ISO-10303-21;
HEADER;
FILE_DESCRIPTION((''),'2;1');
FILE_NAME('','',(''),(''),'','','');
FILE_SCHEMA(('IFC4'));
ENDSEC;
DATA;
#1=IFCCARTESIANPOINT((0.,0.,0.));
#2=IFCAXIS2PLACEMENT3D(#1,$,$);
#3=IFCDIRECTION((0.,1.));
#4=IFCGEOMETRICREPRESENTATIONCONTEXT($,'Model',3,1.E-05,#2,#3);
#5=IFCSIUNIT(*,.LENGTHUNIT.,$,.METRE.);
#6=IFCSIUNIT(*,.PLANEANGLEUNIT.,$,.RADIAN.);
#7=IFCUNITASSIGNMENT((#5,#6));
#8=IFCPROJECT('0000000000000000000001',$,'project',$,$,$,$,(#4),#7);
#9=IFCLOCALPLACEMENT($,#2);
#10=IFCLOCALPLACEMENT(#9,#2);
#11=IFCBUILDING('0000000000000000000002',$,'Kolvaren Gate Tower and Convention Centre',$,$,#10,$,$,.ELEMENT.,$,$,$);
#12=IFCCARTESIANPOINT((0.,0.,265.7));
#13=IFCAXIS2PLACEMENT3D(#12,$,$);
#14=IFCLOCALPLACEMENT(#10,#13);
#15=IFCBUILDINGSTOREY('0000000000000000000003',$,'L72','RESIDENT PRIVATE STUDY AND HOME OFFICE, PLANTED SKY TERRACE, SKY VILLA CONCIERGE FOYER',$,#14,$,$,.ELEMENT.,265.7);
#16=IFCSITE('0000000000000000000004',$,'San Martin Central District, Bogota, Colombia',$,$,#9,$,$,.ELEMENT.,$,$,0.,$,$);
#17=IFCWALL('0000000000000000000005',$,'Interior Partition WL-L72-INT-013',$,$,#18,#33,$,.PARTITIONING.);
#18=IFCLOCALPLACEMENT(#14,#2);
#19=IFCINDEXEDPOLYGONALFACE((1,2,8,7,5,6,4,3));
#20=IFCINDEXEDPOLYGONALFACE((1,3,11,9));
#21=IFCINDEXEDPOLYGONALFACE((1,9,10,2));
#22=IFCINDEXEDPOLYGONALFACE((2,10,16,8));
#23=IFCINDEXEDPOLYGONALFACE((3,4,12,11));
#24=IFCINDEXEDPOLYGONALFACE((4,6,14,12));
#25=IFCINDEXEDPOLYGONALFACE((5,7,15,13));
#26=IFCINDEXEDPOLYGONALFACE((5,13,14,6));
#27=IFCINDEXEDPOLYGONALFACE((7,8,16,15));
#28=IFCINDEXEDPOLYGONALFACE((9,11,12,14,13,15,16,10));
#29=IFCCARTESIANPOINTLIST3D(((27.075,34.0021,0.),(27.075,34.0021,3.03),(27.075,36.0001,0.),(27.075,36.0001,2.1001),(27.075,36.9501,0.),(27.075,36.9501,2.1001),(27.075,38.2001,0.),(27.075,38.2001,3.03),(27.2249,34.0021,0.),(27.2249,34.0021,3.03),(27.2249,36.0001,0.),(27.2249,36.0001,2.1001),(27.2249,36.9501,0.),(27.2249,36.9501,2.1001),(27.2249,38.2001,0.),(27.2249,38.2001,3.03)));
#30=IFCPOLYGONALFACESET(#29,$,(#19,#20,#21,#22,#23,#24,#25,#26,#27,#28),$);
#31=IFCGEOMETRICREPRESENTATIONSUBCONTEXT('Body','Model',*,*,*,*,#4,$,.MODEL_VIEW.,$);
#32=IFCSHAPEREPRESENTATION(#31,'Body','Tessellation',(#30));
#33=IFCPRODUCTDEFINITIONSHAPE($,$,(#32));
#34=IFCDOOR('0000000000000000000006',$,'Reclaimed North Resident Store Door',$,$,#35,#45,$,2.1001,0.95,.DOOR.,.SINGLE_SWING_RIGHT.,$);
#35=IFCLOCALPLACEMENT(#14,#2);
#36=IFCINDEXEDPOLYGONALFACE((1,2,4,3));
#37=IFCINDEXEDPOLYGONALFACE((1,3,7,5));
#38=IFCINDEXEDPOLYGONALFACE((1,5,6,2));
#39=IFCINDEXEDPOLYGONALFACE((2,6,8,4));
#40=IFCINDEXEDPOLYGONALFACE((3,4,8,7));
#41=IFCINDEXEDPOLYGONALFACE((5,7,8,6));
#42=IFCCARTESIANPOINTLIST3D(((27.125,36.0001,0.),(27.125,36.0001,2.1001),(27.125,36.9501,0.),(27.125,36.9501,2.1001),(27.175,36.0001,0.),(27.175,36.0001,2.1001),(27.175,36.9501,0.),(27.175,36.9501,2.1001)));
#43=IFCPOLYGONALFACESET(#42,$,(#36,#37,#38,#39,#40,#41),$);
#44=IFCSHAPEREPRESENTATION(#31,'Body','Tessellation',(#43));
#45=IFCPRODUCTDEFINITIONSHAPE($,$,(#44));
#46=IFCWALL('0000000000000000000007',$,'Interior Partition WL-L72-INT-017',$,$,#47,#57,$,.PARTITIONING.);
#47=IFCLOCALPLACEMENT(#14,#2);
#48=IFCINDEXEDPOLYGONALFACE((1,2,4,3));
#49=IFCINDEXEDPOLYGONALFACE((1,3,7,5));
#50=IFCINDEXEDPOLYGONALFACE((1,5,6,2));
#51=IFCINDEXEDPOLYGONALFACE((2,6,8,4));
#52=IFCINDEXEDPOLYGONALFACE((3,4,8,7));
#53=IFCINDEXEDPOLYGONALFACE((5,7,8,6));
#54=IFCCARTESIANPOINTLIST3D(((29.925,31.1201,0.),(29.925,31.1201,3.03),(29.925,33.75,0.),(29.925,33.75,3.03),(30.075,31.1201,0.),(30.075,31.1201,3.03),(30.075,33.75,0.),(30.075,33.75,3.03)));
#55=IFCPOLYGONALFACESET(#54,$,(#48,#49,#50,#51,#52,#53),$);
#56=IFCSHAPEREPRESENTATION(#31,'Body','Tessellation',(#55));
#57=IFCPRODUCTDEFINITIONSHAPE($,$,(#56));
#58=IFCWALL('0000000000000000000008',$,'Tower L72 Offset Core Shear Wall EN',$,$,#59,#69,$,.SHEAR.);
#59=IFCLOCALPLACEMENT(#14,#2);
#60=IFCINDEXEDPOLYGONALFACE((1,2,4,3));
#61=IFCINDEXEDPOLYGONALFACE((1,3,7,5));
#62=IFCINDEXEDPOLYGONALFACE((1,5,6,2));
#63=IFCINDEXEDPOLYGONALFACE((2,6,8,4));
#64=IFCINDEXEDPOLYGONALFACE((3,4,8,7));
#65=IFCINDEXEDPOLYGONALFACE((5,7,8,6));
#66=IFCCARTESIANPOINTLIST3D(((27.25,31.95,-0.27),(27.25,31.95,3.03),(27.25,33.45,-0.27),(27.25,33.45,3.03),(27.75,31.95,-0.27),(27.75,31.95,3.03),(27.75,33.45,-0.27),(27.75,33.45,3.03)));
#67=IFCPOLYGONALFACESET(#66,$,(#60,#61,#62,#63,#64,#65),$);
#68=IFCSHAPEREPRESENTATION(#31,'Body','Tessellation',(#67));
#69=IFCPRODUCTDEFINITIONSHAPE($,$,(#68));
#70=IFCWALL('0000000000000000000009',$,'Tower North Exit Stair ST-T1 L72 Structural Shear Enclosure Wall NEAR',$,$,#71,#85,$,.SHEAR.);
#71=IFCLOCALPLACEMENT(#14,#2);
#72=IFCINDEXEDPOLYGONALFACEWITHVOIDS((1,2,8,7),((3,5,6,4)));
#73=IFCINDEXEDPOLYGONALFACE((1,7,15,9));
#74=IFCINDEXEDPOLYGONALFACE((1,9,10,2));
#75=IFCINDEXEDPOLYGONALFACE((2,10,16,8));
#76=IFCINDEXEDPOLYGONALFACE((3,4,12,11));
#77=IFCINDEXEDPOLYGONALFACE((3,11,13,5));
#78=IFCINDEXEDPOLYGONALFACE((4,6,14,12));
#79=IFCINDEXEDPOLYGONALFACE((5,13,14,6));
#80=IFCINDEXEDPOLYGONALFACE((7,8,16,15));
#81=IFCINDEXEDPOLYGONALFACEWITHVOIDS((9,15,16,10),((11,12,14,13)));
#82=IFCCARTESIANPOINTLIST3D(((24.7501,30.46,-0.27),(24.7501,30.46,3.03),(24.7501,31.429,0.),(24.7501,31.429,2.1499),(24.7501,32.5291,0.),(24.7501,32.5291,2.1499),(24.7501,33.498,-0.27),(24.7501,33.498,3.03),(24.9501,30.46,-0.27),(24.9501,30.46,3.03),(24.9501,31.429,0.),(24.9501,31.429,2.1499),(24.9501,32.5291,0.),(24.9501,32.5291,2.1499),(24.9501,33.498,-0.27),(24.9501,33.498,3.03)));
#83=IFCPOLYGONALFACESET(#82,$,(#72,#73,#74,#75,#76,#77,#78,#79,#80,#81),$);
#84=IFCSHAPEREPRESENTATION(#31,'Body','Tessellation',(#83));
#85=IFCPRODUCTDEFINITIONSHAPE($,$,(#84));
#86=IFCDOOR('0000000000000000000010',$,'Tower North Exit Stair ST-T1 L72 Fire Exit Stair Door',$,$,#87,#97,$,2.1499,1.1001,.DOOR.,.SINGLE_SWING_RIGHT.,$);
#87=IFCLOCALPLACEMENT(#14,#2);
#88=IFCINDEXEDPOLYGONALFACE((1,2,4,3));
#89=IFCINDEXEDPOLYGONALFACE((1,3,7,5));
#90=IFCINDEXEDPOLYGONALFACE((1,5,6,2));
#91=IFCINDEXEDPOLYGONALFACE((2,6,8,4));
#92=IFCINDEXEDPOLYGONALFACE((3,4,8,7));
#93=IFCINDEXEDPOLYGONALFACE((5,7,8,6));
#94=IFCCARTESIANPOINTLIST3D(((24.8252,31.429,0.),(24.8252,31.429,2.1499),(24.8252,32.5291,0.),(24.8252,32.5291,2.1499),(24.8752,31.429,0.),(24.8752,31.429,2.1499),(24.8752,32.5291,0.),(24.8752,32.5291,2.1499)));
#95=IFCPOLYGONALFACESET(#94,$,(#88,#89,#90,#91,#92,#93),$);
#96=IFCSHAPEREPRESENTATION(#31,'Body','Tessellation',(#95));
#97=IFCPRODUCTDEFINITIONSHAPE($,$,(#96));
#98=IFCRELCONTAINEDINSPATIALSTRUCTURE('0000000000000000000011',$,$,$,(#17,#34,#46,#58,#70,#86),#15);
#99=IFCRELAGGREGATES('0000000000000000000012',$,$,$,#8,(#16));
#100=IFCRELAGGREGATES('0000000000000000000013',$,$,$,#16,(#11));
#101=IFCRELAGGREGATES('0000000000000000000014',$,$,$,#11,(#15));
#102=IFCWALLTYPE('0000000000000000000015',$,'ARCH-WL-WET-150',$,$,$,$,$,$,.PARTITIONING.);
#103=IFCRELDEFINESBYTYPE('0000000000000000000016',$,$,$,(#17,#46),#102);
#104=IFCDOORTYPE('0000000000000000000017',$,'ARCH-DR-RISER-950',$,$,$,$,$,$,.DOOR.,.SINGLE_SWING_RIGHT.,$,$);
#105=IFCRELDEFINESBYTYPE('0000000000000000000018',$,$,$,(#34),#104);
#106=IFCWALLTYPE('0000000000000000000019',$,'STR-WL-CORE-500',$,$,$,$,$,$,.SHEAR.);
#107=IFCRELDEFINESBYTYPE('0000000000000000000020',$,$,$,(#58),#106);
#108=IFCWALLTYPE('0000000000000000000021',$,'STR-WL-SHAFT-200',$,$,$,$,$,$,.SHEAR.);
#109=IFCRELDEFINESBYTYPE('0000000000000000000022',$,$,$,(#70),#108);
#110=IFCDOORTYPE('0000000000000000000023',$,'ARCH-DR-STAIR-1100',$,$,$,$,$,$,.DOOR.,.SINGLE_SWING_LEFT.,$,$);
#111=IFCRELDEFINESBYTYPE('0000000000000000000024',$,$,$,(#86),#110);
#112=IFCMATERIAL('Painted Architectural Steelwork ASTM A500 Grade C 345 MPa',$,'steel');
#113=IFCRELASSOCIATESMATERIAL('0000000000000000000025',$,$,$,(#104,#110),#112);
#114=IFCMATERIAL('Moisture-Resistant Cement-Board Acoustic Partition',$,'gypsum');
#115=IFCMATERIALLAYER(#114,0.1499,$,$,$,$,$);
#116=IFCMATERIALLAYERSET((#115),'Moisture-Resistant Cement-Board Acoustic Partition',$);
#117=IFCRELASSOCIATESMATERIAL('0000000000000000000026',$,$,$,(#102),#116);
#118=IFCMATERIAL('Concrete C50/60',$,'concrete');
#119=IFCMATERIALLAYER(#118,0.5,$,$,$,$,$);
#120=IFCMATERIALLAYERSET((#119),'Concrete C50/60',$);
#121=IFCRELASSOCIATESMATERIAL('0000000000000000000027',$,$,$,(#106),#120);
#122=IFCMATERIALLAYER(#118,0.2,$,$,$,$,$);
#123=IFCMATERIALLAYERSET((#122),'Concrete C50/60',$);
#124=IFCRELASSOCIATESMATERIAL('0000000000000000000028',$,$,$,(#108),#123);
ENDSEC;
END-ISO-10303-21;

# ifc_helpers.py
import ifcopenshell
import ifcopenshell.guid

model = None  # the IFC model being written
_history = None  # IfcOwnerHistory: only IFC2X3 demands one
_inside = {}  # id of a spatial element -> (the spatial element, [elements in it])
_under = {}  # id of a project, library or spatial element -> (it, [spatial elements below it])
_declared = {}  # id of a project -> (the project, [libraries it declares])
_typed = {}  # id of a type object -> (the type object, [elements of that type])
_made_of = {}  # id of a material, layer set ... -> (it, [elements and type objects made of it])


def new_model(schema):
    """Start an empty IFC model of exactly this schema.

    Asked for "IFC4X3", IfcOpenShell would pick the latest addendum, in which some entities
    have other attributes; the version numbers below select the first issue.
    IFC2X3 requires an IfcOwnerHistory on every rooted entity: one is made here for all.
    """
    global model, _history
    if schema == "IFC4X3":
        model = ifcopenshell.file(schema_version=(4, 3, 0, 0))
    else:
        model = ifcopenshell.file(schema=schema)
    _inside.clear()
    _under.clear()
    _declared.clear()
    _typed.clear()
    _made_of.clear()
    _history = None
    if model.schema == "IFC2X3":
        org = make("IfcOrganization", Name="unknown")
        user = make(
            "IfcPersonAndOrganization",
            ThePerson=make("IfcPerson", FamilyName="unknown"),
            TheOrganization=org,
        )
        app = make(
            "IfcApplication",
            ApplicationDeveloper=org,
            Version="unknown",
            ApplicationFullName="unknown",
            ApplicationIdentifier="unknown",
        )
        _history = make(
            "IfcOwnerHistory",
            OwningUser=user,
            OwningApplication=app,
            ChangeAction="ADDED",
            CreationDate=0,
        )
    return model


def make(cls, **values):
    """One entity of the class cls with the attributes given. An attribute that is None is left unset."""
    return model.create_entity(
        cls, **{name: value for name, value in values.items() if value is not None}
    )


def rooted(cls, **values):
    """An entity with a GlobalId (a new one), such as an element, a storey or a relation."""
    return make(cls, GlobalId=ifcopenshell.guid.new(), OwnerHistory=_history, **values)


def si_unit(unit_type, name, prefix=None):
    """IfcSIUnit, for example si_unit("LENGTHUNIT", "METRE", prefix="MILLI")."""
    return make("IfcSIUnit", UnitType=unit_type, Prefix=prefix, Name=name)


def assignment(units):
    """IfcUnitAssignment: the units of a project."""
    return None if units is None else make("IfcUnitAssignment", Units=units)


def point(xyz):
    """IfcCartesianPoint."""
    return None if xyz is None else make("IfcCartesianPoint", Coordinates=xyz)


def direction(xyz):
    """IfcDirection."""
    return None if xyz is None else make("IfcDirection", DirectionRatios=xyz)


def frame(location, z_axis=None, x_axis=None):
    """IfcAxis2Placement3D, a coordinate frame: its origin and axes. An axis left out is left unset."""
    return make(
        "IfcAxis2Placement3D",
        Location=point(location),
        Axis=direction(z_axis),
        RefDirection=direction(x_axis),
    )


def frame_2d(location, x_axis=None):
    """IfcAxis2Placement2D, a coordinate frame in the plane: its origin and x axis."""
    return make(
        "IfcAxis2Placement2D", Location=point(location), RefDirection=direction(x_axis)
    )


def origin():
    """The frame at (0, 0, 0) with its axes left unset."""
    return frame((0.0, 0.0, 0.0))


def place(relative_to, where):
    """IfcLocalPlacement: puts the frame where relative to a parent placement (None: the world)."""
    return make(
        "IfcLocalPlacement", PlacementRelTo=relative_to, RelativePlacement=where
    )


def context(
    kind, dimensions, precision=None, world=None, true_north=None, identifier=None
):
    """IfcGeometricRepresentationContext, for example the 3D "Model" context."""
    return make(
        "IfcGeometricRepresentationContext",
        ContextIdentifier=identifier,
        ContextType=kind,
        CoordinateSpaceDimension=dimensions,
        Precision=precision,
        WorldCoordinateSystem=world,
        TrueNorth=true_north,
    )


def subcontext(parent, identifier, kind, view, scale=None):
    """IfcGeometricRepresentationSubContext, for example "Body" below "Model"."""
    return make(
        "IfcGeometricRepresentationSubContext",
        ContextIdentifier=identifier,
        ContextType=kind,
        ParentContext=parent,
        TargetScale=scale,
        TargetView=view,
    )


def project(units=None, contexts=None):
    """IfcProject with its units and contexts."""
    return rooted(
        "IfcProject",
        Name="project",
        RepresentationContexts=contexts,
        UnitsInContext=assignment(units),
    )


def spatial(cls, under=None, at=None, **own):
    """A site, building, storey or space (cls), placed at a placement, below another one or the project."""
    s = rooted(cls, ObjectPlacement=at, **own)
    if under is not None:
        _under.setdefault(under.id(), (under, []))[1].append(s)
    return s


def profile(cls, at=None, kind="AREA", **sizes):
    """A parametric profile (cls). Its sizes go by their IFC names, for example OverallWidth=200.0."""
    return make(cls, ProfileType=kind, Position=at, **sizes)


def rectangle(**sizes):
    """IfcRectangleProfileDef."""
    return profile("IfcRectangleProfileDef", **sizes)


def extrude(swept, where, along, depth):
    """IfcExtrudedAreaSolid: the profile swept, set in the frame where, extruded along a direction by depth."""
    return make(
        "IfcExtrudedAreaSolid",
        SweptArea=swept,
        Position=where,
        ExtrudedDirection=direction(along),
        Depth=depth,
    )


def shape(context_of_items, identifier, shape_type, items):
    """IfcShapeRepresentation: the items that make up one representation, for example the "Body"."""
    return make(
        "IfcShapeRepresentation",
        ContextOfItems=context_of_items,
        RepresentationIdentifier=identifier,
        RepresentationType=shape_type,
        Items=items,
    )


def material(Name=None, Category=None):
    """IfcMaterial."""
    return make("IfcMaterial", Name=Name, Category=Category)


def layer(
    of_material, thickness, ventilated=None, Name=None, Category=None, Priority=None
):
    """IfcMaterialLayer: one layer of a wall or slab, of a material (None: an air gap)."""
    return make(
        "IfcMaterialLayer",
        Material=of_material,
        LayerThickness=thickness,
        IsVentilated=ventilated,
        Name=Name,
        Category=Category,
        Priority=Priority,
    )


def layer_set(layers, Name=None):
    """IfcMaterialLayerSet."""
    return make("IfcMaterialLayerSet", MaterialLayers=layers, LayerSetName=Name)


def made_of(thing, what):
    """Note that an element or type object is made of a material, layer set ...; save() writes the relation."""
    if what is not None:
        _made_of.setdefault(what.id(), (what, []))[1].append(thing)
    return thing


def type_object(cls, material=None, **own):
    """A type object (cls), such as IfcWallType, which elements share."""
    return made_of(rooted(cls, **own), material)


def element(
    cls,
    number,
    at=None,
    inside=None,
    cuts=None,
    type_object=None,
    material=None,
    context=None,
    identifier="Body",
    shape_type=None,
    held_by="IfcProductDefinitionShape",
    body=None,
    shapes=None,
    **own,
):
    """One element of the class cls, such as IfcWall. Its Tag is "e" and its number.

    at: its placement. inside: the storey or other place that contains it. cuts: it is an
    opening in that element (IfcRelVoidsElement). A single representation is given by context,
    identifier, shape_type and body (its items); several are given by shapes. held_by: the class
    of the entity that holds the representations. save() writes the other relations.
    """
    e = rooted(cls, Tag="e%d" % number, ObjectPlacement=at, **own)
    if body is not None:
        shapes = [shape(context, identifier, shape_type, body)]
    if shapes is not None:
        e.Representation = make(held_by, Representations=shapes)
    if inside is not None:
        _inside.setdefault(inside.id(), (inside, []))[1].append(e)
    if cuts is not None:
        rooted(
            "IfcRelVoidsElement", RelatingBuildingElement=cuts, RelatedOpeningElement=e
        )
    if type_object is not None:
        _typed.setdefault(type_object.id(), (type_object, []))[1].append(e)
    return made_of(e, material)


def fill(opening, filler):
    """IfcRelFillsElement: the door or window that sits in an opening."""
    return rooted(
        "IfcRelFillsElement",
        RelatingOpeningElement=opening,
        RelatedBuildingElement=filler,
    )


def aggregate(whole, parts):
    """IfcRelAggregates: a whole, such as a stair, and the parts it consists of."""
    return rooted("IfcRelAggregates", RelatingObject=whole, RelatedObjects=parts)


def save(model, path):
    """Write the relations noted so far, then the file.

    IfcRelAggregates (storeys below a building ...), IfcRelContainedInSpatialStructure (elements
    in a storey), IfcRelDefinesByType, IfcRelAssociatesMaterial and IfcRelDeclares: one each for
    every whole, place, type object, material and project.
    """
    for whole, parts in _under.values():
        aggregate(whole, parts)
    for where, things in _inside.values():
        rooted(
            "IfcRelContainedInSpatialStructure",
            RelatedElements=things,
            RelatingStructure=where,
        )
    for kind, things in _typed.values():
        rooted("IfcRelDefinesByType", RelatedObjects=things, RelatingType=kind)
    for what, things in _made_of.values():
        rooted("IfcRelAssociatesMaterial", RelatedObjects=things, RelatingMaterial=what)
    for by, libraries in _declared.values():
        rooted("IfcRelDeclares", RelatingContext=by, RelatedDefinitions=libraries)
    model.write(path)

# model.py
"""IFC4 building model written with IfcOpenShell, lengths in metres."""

from ifc_helpers import new_model, si_unit, direction, frame, frame_2d, origin, place, context, subcontext, project, spatial, rectangle, extrude, material, layer, layer_set, type_object, element, fill, save


model = new_model("IFC4")

# Units and contexts
model_context = context("Model", 3, precision=1e-05, world=origin(), true_north=direction((0.0, 1.0)))
body_context = subcontext(model_context, "Body", "Model", "MODEL_VIEW")
ifc_project = project(units=[si_unit("LENGTHUNIT", "METRE"), si_unit("PLANEANGLEUNIT", "RADIAN")], contexts=[model_context])

# Site, building, storey
site_placement = place(None, origin())
site = spatial("IfcSite", under=ifc_project, at=site_placement, Name="San Martin Central District, Bogota, Colombia", CompositionType="ELEMENT", RefElevation=0.0)
building_placement = place(site_placement, origin())
building = spatial("IfcBuilding", under=site, at=building_placement, Name="Kolvaren Gate Tower and Convention Centre", CompositionType="ELEMENT")
storey_placement = place(building_placement, frame((0.0, 0.0, 265.7)))
storey = spatial("IfcBuildingStorey", under=building, at=storey_placement, Name="L72", Description="RESIDENT PRIVATE STUDY AND HOME OFFICE, PLANTED SKY TERRACE, SKY VILLA CONCIERGE FOYER", CompositionType="ELEMENT", Elevation=265.7)

# Shared definitions
ifc_material_1 = material(Name="Painted Architectural Steelwork ASTM A500 Grade C 345 MPa", Category="steel")
door_type_1 = type_object("IfcDoorType", Name="ARCH-DR-RISER-950", OperationType="SINGLE_SWING_RIGHT", PredefinedType="DOOR", material=ifc_material_1)

# Wall, opening, door
ifc_material_2 = material(Name="Moisture-Resistant Cement-Board Acoustic Partition", Category="gypsum")
ifc_layer_1 = layer(ifc_material_2, 0.1499)
ifc_layer_set_1 = layer_set([ifc_layer_1], Name="Moisture-Resistant Cement-Board Acoustic Partition")
wall_type_1 = type_object("IfcWallType", Name="ARCH-WL-WET-150", PredefinedType="PARTITIONING", material=ifc_layer_set_1)
wall_1_placement = place(storey_placement, frame((27.1499, 34.002, 0.0), z_axis=(0.0, 0.0, 1.0), x_axis=(0.0, 1.0, 0.0)))
wall_1 = element("IfcWall", 1, at=wall_1_placement, inside=storey, type_object=wall_type_1, Name="Interior Partition WL-L72-INT-013", PredefinedType="PARTITIONING", context=body_context, shape_type="SweptSolid", body=[
    extrude(rectangle(XDim=4.198, YDim=0.1499, at=frame_2d((2.0991, 0.0))), origin(), (0.0, 0.0, 1.0), 3.03),
])
opening_1_placement = place(wall_1_placement, frame((1.998, 0.0, 0.0)))
opening_1 = element("IfcOpeningElement", 2, at=opening_1_placement, cuts=wall_1, PredefinedType="OPENING", context=body_context, shape_type="SweptSolid", body=[
    extrude(rectangle(XDim=0.95, YDim=2.1001, at=frame_2d((0.4751, 1.05))), frame((0.0, 0.085, 0.0), z_axis=(0.0, -1.0, 0.0), x_axis=(1.0, 0.0, 0.0)), (0.0, 0.0, 1.0), 0.1699),
])
door_1_placement = place(opening_1_placement, origin())
door_1 = element("IfcDoor", 3, at=door_1_placement, inside=storey, type_object=door_type_1, Name="Reclaimed North Resident Store Door", OperationType="SINGLE_SWING_RIGHT", OverallHeight=2.1001, OverallWidth=0.95, PredefinedType="DOOR", context=body_context, shape_type="SweptSolid", body=[
    extrude(rectangle(XDim=0.95, YDim=2.1001, at=frame_2d((0.4751, 1.05))), frame((0.0, 0.0249, 0.0), z_axis=(0.0, -1.0, 0.0), x_axis=(1.0, 0.0, 0.0)), (0.0, 0.0, 1.0), 0.05),
])
fill(opening_1, door_1)

# Walls
wall_2_placement = place(storey_placement, frame((30.0, 31.1201, 0.0), z_axis=(0.0, 0.0, 1.0), x_axis=(0.0, 1.0, 0.0)))
element("IfcWall", 4, at=wall_2_placement, inside=storey, type_object=wall_type_1, Name="Interior Partition WL-L72-INT-017", PredefinedType="PARTITIONING", context=body_context, shape_type="SweptSolid", body=[
    extrude(rectangle(XDim=2.6299, YDim=0.1499, at=frame_2d((1.3149, 0.0))), origin(), (0.0, 0.0, 1.0), 3.03),
])
ifc_material_3 = material(Name="Concrete C50/60", Category="concrete")
ifc_layer_2 = layer(ifc_material_3, 0.5)
ifc_layer_set_2 = layer_set([ifc_layer_2], Name="Concrete C50/60")
wall_type_2 = type_object("IfcWallType", Name="STR-WL-CORE-500", PredefinedType="SHEAR", material=ifc_layer_set_2)
wall_3_placement = place(storey_placement, frame((27.5, 31.95, -0.27), z_axis=(0.0, 0.0, 1.0), x_axis=(0.0, 1.0, 0.0)))
element("IfcWall", 5, at=wall_3_placement, inside=storey, type_object=wall_type_2, Name="Tower L72 Offset Core Shear Wall EN", PredefinedType="SHEAR", context=body_context, shape_type="SweptSolid", body=[
    extrude(rectangle(XDim=1.5, YDim=0.5, at=frame_2d((0.75, 0.0))), origin(), (0.0, 0.0, 1.0), 3.3),
])

# Wall, opening, door
ifc_layer_3 = layer(ifc_material_3, 0.2)
ifc_layer_set_3 = layer_set([ifc_layer_3], Name="Concrete C50/60")
wall_type_3 = type_object("IfcWallType", Name="STR-WL-SHAFT-200", PredefinedType="SHEAR", material=ifc_layer_set_3)
wall_4_placement = place(storey_placement, frame((24.8501, 30.46, -0.27), z_axis=(0.0, 0.0, 1.0), x_axis=(0.0, 1.0, 0.0)))
wall_4 = element("IfcWall", 6, at=wall_4_placement, inside=storey, type_object=wall_type_3, Name="Tower North Exit Stair ST-T1 L72 Structural Shear Enclosure Wall NEAR", PredefinedType="SHEAR", context=body_context, shape_type="SweptSolid", body=[
    extrude(rectangle(XDim=3.0381, YDim=0.2, at=frame_2d((1.519, 0.0))), origin(), (0.0, 0.0, 1.0), 3.3),
])
opening_2_placement = place(wall_4_placement, frame((0.969, 0.0, 0.27)))
opening_2 = element("IfcOpeningElement", 7, at=opening_2_placement, cuts=wall_4, PredefinedType="OPENING", context=body_context, shape_type="SweptSolid", body=[
    extrude(rectangle(XDim=1.1001, YDim=2.1499, at=frame_2d((0.55, 1.075))), frame((0.0, 0.1099, 0.0), z_axis=(0.0, -1.0, 0.0), x_axis=(1.0, 0.0, 0.0)), (0.0, 0.0, 1.0), 0.22),
])
door_type_2 = type_object("IfcDoorType", Name="ARCH-DR-STAIR-1100", OperationType="SINGLE_SWING_LEFT", PredefinedType="DOOR", material=ifc_material_1)
door_2_placement = place(opening_2_placement, origin())
door_2 = element("IfcDoor", 8, at=door_2_placement, inside=storey, type_object=door_type_2, Name="Tower North Exit Stair ST-T1 L72 Fire Exit Stair Door", OperationType="SINGLE_SWING_RIGHT", OverallHeight=2.1499, OverallWidth=1.1001, PredefinedType="DOOR", context=body_context, shape_type="SweptSolid", body=[
    extrude(rectangle(XDim=1.1001, YDim=2.1499, at=frame_2d((0.55, 1.075))), frame((0.0, 0.0249, 0.0), z_axis=(0.0, -1.0, 0.0), x_axis=(1.0, 0.0, 0.0)), (0.0, 0.0, 1.0), 0.05),
])
fill(opening_2, door_2)

save(model, "model.ifc")
